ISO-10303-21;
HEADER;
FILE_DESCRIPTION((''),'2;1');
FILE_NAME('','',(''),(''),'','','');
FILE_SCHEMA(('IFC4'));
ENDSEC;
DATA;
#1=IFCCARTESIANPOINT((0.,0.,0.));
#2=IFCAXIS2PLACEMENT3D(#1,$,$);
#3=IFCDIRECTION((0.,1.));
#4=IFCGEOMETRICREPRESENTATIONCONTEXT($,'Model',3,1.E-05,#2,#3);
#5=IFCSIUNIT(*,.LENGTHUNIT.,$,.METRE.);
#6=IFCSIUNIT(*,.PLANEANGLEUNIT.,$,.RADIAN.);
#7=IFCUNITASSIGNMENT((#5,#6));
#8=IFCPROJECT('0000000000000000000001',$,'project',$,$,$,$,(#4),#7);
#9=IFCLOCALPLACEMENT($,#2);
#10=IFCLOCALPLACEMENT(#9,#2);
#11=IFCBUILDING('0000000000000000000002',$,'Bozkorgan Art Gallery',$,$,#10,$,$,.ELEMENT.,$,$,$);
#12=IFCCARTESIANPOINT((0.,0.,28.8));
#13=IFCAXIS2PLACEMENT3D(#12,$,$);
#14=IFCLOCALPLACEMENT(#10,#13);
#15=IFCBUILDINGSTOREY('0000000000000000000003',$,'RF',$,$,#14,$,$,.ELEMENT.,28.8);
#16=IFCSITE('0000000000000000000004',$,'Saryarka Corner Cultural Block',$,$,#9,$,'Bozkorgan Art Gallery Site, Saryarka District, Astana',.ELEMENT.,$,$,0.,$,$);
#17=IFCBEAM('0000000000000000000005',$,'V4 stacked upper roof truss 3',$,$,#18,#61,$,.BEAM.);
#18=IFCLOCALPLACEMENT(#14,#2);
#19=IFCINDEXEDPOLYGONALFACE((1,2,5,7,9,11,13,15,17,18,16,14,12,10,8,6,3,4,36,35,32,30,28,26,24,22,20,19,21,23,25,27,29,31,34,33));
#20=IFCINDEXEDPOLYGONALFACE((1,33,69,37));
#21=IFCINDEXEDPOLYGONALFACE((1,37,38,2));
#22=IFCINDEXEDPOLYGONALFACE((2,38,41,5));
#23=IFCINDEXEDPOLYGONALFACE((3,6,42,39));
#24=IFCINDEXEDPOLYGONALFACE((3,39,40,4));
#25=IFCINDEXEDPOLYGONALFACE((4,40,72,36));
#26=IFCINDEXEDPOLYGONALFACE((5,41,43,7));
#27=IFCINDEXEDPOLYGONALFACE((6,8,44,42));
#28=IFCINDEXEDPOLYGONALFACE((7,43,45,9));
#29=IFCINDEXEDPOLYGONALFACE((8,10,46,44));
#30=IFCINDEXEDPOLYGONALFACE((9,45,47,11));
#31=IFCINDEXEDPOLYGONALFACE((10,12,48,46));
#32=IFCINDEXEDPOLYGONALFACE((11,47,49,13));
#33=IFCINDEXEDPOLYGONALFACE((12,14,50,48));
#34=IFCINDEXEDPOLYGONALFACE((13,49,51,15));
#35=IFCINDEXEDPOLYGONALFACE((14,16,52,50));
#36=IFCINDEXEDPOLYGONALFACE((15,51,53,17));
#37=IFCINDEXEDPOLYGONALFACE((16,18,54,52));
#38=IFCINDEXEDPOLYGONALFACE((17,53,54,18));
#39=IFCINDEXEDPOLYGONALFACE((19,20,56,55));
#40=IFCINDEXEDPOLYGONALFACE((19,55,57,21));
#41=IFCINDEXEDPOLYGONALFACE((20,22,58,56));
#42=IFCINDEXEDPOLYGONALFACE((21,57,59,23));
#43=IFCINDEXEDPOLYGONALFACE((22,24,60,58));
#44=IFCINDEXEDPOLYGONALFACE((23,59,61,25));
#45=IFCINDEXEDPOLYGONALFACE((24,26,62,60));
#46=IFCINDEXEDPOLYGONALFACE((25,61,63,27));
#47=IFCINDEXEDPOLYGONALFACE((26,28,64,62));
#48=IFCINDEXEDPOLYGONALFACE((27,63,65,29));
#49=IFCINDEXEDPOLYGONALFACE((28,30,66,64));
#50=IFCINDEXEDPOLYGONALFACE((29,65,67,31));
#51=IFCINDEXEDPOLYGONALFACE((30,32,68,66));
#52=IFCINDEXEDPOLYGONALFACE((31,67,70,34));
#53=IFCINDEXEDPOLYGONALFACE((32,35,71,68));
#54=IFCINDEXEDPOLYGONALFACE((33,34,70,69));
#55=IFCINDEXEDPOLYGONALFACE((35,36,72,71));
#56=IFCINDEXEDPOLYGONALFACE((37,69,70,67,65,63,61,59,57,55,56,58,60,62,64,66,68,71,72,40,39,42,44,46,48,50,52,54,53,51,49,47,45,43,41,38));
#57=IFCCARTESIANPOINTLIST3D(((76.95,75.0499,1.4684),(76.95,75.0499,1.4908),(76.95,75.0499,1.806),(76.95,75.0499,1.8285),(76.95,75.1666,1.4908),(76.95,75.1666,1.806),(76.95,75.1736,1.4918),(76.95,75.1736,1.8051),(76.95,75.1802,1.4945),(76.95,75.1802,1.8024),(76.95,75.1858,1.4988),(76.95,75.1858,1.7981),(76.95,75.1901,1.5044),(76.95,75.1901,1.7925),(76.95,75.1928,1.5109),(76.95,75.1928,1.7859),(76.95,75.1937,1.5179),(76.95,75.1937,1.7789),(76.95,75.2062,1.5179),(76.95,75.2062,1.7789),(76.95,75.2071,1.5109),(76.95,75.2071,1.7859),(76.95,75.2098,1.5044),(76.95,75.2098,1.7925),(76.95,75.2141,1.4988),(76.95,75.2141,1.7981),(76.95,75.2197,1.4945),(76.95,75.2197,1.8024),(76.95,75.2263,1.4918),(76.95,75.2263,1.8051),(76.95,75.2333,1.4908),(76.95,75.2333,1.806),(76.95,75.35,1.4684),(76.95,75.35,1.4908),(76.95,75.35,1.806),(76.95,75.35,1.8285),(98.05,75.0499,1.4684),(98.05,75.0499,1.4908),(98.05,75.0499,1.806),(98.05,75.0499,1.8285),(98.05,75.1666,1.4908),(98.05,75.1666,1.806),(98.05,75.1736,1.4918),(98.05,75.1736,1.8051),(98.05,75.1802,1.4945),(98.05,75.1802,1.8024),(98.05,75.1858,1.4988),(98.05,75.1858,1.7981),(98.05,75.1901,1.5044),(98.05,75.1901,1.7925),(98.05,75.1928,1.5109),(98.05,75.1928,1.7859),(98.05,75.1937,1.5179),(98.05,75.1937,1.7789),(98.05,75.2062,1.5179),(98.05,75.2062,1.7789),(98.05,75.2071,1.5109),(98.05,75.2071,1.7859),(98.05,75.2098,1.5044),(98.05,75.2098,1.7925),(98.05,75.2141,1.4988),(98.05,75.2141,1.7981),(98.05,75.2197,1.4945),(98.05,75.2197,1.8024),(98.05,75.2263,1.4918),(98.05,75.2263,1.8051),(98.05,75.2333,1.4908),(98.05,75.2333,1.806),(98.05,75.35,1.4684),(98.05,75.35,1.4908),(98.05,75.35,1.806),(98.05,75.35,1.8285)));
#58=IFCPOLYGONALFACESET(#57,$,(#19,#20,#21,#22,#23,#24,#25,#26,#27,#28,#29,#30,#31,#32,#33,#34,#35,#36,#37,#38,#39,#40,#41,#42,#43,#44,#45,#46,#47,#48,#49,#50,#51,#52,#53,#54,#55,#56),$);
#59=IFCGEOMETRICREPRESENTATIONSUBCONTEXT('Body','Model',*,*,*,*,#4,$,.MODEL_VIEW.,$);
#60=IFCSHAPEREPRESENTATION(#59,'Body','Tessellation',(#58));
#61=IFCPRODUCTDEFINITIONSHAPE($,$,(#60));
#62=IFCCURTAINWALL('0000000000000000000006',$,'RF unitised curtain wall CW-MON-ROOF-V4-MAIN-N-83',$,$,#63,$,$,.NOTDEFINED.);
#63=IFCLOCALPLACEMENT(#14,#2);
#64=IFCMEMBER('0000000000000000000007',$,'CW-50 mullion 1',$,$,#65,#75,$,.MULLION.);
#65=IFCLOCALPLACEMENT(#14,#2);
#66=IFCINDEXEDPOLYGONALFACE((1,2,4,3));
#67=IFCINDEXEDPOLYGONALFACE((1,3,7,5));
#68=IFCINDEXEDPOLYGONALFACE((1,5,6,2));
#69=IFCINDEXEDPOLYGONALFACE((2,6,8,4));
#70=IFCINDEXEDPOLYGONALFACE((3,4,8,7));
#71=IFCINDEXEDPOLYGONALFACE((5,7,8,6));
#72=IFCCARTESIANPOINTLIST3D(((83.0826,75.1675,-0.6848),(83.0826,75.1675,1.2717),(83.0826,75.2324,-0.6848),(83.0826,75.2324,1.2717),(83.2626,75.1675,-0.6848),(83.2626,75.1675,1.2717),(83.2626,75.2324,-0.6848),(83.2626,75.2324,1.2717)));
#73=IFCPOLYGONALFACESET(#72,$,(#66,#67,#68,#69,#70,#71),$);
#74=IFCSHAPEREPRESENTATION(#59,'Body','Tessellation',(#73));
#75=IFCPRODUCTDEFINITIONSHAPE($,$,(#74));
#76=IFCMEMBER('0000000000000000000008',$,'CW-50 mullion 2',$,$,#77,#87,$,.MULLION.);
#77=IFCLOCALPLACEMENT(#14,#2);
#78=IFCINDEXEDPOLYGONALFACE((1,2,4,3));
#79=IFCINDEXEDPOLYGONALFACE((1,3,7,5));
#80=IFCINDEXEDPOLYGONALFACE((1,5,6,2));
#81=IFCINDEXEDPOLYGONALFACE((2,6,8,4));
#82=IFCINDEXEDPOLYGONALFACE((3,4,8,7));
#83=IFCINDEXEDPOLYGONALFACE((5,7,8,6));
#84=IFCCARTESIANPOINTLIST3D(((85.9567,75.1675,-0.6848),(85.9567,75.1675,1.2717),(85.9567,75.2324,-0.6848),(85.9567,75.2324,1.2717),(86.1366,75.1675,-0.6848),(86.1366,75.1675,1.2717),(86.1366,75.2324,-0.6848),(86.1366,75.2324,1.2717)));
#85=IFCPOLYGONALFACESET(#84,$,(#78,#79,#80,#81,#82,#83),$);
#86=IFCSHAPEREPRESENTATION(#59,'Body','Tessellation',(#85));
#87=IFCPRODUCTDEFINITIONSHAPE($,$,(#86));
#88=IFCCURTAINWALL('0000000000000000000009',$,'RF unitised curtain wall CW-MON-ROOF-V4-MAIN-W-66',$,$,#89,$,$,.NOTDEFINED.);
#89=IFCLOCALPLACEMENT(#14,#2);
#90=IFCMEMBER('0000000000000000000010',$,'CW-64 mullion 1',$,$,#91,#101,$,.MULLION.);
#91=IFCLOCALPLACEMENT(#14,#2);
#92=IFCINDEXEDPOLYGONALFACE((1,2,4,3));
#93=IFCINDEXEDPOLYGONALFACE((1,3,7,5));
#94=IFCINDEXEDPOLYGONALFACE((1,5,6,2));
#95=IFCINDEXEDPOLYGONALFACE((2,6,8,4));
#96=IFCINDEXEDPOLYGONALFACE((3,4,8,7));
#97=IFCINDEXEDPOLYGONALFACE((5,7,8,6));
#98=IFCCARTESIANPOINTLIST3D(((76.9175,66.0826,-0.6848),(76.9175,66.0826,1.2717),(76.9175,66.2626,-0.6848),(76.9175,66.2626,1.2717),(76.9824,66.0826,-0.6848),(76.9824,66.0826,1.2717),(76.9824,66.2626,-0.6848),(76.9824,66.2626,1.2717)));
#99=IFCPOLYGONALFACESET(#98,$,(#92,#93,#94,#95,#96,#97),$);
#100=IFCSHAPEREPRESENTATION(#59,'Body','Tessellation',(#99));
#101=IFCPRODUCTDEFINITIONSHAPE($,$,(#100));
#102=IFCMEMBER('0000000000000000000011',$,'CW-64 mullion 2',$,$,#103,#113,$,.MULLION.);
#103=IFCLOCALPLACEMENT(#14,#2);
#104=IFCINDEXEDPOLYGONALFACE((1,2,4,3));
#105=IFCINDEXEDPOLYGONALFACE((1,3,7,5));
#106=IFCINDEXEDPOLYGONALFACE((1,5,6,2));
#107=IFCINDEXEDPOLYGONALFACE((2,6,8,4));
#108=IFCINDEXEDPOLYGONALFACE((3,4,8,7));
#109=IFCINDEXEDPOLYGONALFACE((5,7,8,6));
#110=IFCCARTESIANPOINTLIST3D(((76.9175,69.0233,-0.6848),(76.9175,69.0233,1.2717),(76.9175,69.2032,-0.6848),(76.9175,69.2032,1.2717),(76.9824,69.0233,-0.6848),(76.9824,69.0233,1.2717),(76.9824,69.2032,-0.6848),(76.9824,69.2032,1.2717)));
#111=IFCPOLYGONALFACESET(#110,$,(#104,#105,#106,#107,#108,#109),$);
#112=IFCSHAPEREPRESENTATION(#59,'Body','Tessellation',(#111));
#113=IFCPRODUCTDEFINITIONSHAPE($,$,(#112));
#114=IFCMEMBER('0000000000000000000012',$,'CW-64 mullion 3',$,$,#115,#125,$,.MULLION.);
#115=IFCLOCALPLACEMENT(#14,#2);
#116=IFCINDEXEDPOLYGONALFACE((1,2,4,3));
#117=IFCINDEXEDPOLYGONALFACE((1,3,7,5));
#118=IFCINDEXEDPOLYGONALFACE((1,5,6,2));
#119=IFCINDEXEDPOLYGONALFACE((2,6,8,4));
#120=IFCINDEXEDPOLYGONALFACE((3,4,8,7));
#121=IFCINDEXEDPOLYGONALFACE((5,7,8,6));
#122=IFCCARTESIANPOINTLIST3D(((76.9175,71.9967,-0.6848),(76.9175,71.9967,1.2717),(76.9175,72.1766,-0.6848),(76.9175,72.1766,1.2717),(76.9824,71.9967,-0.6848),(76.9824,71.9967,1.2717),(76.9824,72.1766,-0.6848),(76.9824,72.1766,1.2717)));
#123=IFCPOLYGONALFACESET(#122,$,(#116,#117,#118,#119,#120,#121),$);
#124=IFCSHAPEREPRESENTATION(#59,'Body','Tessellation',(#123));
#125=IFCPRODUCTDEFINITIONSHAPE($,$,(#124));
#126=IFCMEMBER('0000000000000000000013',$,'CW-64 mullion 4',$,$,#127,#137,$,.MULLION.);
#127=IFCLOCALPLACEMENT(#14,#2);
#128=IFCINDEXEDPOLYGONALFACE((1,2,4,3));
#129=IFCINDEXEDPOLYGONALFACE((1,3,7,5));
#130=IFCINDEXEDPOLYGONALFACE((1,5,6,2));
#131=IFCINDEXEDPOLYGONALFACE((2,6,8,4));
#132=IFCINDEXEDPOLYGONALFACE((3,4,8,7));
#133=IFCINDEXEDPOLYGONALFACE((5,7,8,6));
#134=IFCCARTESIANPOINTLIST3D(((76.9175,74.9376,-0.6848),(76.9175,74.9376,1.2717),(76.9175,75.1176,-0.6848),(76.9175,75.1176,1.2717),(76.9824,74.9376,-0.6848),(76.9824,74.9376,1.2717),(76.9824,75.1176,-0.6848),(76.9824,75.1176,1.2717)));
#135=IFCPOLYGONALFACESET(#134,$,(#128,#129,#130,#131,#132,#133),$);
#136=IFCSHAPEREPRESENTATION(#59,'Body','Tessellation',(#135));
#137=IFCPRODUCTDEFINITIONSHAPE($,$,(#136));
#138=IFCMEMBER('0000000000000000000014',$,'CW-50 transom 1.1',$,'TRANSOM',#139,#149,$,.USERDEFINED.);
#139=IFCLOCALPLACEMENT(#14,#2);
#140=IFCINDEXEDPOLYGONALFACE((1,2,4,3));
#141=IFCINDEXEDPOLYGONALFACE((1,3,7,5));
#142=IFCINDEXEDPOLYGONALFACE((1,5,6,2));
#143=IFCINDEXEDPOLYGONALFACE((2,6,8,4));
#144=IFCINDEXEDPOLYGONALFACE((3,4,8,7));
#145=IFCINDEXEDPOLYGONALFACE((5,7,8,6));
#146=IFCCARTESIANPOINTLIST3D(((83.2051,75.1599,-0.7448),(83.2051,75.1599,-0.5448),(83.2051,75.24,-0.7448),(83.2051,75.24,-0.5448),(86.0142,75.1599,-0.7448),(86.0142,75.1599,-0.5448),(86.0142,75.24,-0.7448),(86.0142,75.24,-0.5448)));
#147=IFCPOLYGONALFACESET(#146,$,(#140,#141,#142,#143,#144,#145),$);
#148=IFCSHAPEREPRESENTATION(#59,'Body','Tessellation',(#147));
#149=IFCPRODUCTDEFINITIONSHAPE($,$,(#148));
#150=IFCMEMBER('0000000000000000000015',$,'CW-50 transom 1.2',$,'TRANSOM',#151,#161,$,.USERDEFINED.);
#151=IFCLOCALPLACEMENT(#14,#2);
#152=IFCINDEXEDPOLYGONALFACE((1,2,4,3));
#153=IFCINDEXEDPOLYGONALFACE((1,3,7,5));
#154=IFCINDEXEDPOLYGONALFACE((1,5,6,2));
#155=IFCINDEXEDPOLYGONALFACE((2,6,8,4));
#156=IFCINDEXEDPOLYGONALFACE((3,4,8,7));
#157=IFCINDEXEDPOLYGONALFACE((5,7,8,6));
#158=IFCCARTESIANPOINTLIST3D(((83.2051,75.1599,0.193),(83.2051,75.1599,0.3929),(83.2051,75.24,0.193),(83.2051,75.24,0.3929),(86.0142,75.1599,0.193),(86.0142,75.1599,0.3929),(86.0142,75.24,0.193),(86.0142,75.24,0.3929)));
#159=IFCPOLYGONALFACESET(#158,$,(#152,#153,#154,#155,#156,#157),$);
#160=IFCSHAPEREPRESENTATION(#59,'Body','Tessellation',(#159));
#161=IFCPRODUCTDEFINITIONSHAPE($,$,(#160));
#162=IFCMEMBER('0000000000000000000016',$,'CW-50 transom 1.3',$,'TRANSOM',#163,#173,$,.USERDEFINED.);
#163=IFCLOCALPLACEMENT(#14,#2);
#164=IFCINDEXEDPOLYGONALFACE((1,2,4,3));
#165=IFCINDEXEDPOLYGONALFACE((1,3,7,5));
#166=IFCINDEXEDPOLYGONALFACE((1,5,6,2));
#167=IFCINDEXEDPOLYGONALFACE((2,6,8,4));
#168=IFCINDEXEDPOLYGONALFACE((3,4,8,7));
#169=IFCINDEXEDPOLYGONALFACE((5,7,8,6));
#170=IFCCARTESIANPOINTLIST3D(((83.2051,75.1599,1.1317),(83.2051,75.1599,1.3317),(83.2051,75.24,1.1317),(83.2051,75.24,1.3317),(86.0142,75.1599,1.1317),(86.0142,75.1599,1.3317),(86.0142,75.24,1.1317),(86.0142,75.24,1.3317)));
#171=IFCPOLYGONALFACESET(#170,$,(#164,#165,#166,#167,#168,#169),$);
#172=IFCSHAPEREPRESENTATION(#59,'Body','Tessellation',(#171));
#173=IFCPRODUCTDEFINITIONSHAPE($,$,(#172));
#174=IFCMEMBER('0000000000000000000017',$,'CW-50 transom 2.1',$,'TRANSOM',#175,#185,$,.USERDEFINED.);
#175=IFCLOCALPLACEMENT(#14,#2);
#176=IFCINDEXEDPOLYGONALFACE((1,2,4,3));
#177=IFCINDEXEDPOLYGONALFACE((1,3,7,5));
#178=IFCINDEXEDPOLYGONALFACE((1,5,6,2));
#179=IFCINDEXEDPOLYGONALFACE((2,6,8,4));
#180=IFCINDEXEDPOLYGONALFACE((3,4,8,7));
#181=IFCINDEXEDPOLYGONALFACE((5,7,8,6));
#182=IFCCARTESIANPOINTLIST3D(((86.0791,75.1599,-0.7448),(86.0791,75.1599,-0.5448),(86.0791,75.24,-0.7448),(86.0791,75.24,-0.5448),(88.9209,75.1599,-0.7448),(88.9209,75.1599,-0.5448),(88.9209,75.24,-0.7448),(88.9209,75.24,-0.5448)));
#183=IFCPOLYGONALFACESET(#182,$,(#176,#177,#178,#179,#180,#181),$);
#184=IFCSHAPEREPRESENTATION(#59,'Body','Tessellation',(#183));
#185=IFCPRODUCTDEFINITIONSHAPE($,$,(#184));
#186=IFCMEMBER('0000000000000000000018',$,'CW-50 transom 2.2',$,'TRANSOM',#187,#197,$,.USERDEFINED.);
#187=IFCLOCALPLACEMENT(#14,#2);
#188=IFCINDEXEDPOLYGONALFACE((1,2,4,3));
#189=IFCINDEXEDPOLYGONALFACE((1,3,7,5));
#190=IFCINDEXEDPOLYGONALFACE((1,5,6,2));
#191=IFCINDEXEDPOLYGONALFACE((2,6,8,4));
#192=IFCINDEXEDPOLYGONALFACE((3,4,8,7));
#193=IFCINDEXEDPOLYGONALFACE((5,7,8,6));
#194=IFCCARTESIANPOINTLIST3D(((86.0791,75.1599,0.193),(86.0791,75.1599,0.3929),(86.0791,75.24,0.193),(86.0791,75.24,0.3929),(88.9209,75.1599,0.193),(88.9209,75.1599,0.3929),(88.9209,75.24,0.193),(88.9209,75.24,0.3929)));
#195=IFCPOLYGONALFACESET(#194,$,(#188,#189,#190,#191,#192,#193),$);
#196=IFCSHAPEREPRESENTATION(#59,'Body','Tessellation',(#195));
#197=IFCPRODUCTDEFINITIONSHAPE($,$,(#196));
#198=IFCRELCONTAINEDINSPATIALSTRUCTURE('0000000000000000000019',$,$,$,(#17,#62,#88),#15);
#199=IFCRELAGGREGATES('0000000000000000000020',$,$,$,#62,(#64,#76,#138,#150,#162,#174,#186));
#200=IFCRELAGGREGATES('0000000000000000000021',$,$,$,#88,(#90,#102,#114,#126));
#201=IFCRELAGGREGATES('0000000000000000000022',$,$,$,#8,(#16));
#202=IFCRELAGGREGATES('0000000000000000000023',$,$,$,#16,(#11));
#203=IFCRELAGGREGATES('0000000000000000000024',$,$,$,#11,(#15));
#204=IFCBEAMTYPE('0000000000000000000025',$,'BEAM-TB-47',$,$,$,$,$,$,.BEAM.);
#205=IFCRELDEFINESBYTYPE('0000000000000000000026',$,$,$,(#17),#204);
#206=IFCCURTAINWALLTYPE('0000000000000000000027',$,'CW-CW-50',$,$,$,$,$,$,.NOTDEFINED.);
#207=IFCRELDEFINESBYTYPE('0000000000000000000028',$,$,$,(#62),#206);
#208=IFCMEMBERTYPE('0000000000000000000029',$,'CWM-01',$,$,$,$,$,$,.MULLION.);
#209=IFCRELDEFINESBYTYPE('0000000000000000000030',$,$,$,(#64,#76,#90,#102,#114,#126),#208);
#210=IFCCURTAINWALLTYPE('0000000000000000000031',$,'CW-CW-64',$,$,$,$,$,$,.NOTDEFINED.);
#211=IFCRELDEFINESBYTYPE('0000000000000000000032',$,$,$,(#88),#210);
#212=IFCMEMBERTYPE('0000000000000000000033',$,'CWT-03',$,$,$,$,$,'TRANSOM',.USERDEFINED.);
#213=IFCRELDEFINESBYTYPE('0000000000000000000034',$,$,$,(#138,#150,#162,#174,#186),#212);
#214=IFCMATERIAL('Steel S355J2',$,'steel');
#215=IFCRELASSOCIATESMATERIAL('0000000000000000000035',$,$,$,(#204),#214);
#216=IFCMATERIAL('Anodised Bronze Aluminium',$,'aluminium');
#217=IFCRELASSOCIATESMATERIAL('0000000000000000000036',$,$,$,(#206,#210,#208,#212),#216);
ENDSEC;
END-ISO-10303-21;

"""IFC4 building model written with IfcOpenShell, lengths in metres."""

from ifc_helpers import new_model, si_unit, direction, frame, origin, origin_2d, place, context, subcontext, project, spatial, rectangle, i_section, extrude, material, material_profile, profile_set, type_object, element, aggregate, save


model = new_model("IFC4")

# Units and contexts
model_context = context("Model", 3, precision=1e-05, world=origin(), true_north=direction((0.0, 1.0)))
body_context = subcontext(model_context, "Body", "Model", "MODEL_VIEW")
ifc_project = project(units=[si_unit("LENGTHUNIT", "METRE"), si_unit("PLANEANGLEUNIT", "RADIAN")], contexts=[model_context])

# Site, building, storey
site_placement = place(None, origin())
site = spatial("IfcSite", under=ifc_project, at=site_placement, Name="Saryarka Corner Cultural Block", LongName="Bozkorgan Art Gallery Site, Saryarka District, Astana", CompositionType="ELEMENT", RefElevation=0.0)
building_placement = place(site_placement, origin())
building = spatial("IfcBuilding", under=site, at=building_placement, Name="Bozkorgan Art Gallery", CompositionType="ELEMENT")
storey_placement = place(building_placement, frame((0.0, 0.0, 28.8)))
storey = spatial("IfcBuildingStorey", under=building, at=storey_placement, Name="RF", CompositionType="ELEMENT", Elevation=28.8)

# Beam
ifc_material_1 = material(Name="Steel S355J2", Category="steel")
ifc_material_profile_1 = material_profile(ifc_material_1, i_section(OverallWidth=0.3, OverallDepth=0.3601, WebThickness=0.0125, FlangeThickness=0.0225, FilletRadius=0.0271, at=origin_2d()), Name="HEB 360")
ifc_profile_set_1 = profile_set([ifc_material_profile_1], Name="Steel S355J2")
beam_type = type_object("IfcBeamType", Name="BEAM-TB-47", PredefinedType="BEAM", material=ifc_profile_set_1)
beam_placement = place(storey_placement, frame((76.95, 75.2, 1.6484), z_axis=(1.0, 0.0, 0.0), x_axis=(0.0, 1.0, 0.0)))
element("IfcBeam", 1, at=beam_placement, inside=storey, type_object=beam_type, Name="V4 stacked upper roof truss 3", PredefinedType="BEAM", context=body_context, shape_type="SweptSolid", body=[
    extrude(i_section(OverallWidth=0.3, OverallDepth=0.3601, WebThickness=0.0125, FlangeThickness=0.0225, FilletRadius=0.0271, at=origin_2d()), origin(), (0.0, 0.0, 1.0), 21.1001),
])

# Curtain walls, members
ifc_material_2 = material(Name="Anodised Bronze Aluminium", Category="aluminium")
curtain_wall_type_1 = type_object("IfcCurtainWallType", Name="CW-CW-50", PredefinedType="NOTDEFINED", material=ifc_material_2)
curtain_wall_1_placement = place(storey_placement, origin())
curtain_wall_1 = element("IfcCurtainWall", 2, at=curtain_wall_1_placement, inside=storey, type_object=curtain_wall_type_1, Name="RF unitised curtain wall CW-MON-ROOF-V4-MAIN-N-83", PredefinedType="NOTDEFINED")
ifc_material_profile_2 = material_profile(ifc_material_2, rectangle(XDim=0.0649, YDim=0.1799, at=origin_2d()), Name="ALU MULLION 65x180")
ifc_profile_set_2 = profile_set([ifc_material_profile_2], Name="Anodised Bronze Aluminium")
member_type_1 = type_object("IfcMemberType", Name="CWM-01", PredefinedType="MULLION", material=ifc_profile_set_2)
member_1_placement = place(storey_placement, frame((83.1726, 75.2, -0.6848), z_axis=(0.0, 0.0, 1.0), x_axis=(0.0, 1.0, 0.0)))
member_1 = element("IfcMember", 3, at=member_1_placement, type_object=member_type_1, Name="CW-50 mullion 1", PredefinedType="MULLION", context=body_context, shape_type="SweptSolid", body=[
    extrude(rectangle(XDim=0.0649, YDim=0.1799, at=origin_2d()), origin(), (0.0, 0.0, 1.0), 1.9565),
])
member_2_placement = place(storey_placement, frame((86.0466, 75.2, -0.6848), z_axis=(0.0, 0.0, 1.0), x_axis=(0.0, 1.0, 0.0)))
member_2 = element("IfcMember", 4, at=member_2_placement, type_object=member_type_1, Name="CW-50 mullion 2", PredefinedType="MULLION", context=body_context, shape_type="SweptSolid", body=[
    extrude(rectangle(XDim=0.0649, YDim=0.1799, at=origin_2d()), origin(), (0.0, 0.0, 1.0), 1.9565),
])
curtain_wall_type_2 = type_object("IfcCurtainWallType", Name="CW-CW-64", PredefinedType="NOTDEFINED", material=ifc_material_2)
curtain_wall_2_placement = place(storey_placement, origin())
curtain_wall_2 = element("IfcCurtainWall", 5, at=curtain_wall_2_placement, inside=storey, type_object=curtain_wall_type_2, Name="RF unitised curtain wall CW-MON-ROOF-V4-MAIN-W-66", PredefinedType="NOTDEFINED")
member_3_placement = place(storey_placement, frame((76.95, 66.1726, -0.6848), z_axis=(0.0, 0.0, 1.0), x_axis=(-1.0, 0.0, 0.0)))
member_3 = element("IfcMember", 6, at=member_3_placement, type_object=member_type_1, Name="CW-64 mullion 1", PredefinedType="MULLION", context=body_context, shape_type="SweptSolid", body=[
    extrude(rectangle(XDim=0.0649, YDim=0.1799, at=origin_2d()), origin(), (0.0, 0.0, 1.0), 1.9565),
])
member_4_placement = place(storey_placement, frame((76.95, 69.1133, -0.6848), z_axis=(0.0, 0.0, 1.0), x_axis=(-1.0, 0.0, 0.0)))
member_4 = element("IfcMember", 7, at=member_4_placement, type_object=member_type_1, Name="CW-64 mullion 2", PredefinedType="MULLION", context=body_context, shape_type="SweptSolid", body=[
    extrude(rectangle(XDim=0.0649, YDim=0.1799, at=origin_2d()), origin(), (0.0, 0.0, 1.0), 1.9565),
])
member_5_placement = place(storey_placement, frame((76.95, 72.0867, -0.6848), z_axis=(0.0, 0.0, 1.0), x_axis=(-1.0, 0.0, 0.0)))
member_5 = element("IfcMember", 8, at=member_5_placement, type_object=member_type_1, Name="CW-64 mullion 3", PredefinedType="MULLION", context=body_context, shape_type="SweptSolid", body=[
    extrude(rectangle(XDim=0.0649, YDim=0.1799, at=origin_2d()), origin(), (0.0, 0.0, 1.0), 1.9565),
])
member_6_placement = place(storey_placement, frame((76.95, 75.0276, -0.6848), z_axis=(0.0, 0.0, 1.0), x_axis=(-1.0, 0.0, 0.0)))
member_6 = element("IfcMember", 9, at=member_6_placement, type_object=member_type_1, Name="CW-64 mullion 4", PredefinedType="MULLION", context=body_context, shape_type="SweptSolid", body=[
    extrude(rectangle(XDim=0.0649, YDim=0.1799, at=origin_2d()), origin(), (0.0, 0.0, 1.0), 1.9565),
])

# Members
ifc_material_profile_3 = material_profile(ifc_material_2, rectangle(XDim=0.0801, YDim=0.2, at=origin_2d()), Name="ALU TRANSOM 80x200")
ifc_profile_set_3 = profile_set([ifc_material_profile_3], Name="Anodised Bronze Aluminium")
member_type_2 = type_object("IfcMemberType", Name="CWT-03", ElementType="TRANSOM", PredefinedType="USERDEFINED", material=ifc_profile_set_3)
member_7_placement = place(storey_placement, frame((83.2051, 75.2, -0.6448), z_axis=(1.0, 0.0, 0.0), x_axis=(0.0, 1.0, 0.0)))
member_7 = element("IfcMember", 10, at=member_7_placement, type_object=member_type_2, Name="CW-50 transom 1.1", ObjectType="TRANSOM", PredefinedType="USERDEFINED", context=body_context, shape_type="SweptSolid", body=[
    extrude(rectangle(XDim=0.0801, YDim=0.2, at=origin_2d()), origin(), (0.0, 0.0, 1.0), 2.8091),
])
member_8_placement = place(storey_placement, frame((83.2051, 75.2, 0.293), z_axis=(1.0, 0.0, 0.0), x_axis=(0.0, 1.0, 0.0)))
member_8 = element("IfcMember", 11, at=member_8_placement, type_object=member_type_2, Name="CW-50 transom 1.2", ObjectType="TRANSOM", PredefinedType="USERDEFINED", context=body_context, shape_type="SweptSolid", body=[
    extrude(rectangle(XDim=0.0801, YDim=0.2, at=origin_2d()), origin(), (0.0, 0.0, 1.0), 2.8091),
])
member_9_placement = place(storey_placement, frame((83.2051, 75.2, 1.2317), z_axis=(1.0, 0.0, 0.0), x_axis=(0.0, 1.0, 0.0)))
member_9 = element("IfcMember", 12, at=member_9_placement, type_object=member_type_2, Name="CW-50 transom 1.3", ObjectType="TRANSOM", PredefinedType="USERDEFINED", context=body_context, shape_type="SweptSolid", body=[
    extrude(rectangle(XDim=0.0801, YDim=0.2, at=origin_2d()), origin(), (0.0, 0.0, 1.0), 2.8091),
])
member_10_placement = place(storey_placement, frame((86.0791, 75.2, -0.6448), z_axis=(1.0, 0.0, 0.0), x_axis=(0.0, 1.0, 0.0)))
member_10 = element("IfcMember", 13, at=member_10_placement, type_object=member_type_2, Name="CW-50 transom 2.1", ObjectType="TRANSOM", PredefinedType="USERDEFINED", context=body_context, shape_type="SweptSolid", body=[
    extrude(rectangle(XDim=0.0801, YDim=0.2, at=origin_2d()), origin(), (0.0, 0.0, 1.0), 2.8418),
])
member_11_placement = place(storey_placement, frame((86.0791, 75.2, 0.293), z_axis=(1.0, 0.0, 0.0), x_axis=(0.0, 1.0, 0.0)))
member_11 = element("IfcMember", 14, at=member_11_placement, type_object=member_type_2, Name="CW-50 transom 2.2", ObjectType="TRANSOM", PredefinedType="USERDEFINED", context=body_context, shape_type="SweptSolid", body=[
    extrude(rectangle(XDim=0.0801, YDim=0.2, at=origin_2d()), origin(), (0.0, 0.0, 1.0), 2.8418),
])

aggregate(curtain_wall_1, [member_1, member_2, member_7, member_8, member_9, member_10, member_11])
aggregate(curtain_wall_2, [member_3, member_4, member_5, member_6])

save(model, "model.ifc")
